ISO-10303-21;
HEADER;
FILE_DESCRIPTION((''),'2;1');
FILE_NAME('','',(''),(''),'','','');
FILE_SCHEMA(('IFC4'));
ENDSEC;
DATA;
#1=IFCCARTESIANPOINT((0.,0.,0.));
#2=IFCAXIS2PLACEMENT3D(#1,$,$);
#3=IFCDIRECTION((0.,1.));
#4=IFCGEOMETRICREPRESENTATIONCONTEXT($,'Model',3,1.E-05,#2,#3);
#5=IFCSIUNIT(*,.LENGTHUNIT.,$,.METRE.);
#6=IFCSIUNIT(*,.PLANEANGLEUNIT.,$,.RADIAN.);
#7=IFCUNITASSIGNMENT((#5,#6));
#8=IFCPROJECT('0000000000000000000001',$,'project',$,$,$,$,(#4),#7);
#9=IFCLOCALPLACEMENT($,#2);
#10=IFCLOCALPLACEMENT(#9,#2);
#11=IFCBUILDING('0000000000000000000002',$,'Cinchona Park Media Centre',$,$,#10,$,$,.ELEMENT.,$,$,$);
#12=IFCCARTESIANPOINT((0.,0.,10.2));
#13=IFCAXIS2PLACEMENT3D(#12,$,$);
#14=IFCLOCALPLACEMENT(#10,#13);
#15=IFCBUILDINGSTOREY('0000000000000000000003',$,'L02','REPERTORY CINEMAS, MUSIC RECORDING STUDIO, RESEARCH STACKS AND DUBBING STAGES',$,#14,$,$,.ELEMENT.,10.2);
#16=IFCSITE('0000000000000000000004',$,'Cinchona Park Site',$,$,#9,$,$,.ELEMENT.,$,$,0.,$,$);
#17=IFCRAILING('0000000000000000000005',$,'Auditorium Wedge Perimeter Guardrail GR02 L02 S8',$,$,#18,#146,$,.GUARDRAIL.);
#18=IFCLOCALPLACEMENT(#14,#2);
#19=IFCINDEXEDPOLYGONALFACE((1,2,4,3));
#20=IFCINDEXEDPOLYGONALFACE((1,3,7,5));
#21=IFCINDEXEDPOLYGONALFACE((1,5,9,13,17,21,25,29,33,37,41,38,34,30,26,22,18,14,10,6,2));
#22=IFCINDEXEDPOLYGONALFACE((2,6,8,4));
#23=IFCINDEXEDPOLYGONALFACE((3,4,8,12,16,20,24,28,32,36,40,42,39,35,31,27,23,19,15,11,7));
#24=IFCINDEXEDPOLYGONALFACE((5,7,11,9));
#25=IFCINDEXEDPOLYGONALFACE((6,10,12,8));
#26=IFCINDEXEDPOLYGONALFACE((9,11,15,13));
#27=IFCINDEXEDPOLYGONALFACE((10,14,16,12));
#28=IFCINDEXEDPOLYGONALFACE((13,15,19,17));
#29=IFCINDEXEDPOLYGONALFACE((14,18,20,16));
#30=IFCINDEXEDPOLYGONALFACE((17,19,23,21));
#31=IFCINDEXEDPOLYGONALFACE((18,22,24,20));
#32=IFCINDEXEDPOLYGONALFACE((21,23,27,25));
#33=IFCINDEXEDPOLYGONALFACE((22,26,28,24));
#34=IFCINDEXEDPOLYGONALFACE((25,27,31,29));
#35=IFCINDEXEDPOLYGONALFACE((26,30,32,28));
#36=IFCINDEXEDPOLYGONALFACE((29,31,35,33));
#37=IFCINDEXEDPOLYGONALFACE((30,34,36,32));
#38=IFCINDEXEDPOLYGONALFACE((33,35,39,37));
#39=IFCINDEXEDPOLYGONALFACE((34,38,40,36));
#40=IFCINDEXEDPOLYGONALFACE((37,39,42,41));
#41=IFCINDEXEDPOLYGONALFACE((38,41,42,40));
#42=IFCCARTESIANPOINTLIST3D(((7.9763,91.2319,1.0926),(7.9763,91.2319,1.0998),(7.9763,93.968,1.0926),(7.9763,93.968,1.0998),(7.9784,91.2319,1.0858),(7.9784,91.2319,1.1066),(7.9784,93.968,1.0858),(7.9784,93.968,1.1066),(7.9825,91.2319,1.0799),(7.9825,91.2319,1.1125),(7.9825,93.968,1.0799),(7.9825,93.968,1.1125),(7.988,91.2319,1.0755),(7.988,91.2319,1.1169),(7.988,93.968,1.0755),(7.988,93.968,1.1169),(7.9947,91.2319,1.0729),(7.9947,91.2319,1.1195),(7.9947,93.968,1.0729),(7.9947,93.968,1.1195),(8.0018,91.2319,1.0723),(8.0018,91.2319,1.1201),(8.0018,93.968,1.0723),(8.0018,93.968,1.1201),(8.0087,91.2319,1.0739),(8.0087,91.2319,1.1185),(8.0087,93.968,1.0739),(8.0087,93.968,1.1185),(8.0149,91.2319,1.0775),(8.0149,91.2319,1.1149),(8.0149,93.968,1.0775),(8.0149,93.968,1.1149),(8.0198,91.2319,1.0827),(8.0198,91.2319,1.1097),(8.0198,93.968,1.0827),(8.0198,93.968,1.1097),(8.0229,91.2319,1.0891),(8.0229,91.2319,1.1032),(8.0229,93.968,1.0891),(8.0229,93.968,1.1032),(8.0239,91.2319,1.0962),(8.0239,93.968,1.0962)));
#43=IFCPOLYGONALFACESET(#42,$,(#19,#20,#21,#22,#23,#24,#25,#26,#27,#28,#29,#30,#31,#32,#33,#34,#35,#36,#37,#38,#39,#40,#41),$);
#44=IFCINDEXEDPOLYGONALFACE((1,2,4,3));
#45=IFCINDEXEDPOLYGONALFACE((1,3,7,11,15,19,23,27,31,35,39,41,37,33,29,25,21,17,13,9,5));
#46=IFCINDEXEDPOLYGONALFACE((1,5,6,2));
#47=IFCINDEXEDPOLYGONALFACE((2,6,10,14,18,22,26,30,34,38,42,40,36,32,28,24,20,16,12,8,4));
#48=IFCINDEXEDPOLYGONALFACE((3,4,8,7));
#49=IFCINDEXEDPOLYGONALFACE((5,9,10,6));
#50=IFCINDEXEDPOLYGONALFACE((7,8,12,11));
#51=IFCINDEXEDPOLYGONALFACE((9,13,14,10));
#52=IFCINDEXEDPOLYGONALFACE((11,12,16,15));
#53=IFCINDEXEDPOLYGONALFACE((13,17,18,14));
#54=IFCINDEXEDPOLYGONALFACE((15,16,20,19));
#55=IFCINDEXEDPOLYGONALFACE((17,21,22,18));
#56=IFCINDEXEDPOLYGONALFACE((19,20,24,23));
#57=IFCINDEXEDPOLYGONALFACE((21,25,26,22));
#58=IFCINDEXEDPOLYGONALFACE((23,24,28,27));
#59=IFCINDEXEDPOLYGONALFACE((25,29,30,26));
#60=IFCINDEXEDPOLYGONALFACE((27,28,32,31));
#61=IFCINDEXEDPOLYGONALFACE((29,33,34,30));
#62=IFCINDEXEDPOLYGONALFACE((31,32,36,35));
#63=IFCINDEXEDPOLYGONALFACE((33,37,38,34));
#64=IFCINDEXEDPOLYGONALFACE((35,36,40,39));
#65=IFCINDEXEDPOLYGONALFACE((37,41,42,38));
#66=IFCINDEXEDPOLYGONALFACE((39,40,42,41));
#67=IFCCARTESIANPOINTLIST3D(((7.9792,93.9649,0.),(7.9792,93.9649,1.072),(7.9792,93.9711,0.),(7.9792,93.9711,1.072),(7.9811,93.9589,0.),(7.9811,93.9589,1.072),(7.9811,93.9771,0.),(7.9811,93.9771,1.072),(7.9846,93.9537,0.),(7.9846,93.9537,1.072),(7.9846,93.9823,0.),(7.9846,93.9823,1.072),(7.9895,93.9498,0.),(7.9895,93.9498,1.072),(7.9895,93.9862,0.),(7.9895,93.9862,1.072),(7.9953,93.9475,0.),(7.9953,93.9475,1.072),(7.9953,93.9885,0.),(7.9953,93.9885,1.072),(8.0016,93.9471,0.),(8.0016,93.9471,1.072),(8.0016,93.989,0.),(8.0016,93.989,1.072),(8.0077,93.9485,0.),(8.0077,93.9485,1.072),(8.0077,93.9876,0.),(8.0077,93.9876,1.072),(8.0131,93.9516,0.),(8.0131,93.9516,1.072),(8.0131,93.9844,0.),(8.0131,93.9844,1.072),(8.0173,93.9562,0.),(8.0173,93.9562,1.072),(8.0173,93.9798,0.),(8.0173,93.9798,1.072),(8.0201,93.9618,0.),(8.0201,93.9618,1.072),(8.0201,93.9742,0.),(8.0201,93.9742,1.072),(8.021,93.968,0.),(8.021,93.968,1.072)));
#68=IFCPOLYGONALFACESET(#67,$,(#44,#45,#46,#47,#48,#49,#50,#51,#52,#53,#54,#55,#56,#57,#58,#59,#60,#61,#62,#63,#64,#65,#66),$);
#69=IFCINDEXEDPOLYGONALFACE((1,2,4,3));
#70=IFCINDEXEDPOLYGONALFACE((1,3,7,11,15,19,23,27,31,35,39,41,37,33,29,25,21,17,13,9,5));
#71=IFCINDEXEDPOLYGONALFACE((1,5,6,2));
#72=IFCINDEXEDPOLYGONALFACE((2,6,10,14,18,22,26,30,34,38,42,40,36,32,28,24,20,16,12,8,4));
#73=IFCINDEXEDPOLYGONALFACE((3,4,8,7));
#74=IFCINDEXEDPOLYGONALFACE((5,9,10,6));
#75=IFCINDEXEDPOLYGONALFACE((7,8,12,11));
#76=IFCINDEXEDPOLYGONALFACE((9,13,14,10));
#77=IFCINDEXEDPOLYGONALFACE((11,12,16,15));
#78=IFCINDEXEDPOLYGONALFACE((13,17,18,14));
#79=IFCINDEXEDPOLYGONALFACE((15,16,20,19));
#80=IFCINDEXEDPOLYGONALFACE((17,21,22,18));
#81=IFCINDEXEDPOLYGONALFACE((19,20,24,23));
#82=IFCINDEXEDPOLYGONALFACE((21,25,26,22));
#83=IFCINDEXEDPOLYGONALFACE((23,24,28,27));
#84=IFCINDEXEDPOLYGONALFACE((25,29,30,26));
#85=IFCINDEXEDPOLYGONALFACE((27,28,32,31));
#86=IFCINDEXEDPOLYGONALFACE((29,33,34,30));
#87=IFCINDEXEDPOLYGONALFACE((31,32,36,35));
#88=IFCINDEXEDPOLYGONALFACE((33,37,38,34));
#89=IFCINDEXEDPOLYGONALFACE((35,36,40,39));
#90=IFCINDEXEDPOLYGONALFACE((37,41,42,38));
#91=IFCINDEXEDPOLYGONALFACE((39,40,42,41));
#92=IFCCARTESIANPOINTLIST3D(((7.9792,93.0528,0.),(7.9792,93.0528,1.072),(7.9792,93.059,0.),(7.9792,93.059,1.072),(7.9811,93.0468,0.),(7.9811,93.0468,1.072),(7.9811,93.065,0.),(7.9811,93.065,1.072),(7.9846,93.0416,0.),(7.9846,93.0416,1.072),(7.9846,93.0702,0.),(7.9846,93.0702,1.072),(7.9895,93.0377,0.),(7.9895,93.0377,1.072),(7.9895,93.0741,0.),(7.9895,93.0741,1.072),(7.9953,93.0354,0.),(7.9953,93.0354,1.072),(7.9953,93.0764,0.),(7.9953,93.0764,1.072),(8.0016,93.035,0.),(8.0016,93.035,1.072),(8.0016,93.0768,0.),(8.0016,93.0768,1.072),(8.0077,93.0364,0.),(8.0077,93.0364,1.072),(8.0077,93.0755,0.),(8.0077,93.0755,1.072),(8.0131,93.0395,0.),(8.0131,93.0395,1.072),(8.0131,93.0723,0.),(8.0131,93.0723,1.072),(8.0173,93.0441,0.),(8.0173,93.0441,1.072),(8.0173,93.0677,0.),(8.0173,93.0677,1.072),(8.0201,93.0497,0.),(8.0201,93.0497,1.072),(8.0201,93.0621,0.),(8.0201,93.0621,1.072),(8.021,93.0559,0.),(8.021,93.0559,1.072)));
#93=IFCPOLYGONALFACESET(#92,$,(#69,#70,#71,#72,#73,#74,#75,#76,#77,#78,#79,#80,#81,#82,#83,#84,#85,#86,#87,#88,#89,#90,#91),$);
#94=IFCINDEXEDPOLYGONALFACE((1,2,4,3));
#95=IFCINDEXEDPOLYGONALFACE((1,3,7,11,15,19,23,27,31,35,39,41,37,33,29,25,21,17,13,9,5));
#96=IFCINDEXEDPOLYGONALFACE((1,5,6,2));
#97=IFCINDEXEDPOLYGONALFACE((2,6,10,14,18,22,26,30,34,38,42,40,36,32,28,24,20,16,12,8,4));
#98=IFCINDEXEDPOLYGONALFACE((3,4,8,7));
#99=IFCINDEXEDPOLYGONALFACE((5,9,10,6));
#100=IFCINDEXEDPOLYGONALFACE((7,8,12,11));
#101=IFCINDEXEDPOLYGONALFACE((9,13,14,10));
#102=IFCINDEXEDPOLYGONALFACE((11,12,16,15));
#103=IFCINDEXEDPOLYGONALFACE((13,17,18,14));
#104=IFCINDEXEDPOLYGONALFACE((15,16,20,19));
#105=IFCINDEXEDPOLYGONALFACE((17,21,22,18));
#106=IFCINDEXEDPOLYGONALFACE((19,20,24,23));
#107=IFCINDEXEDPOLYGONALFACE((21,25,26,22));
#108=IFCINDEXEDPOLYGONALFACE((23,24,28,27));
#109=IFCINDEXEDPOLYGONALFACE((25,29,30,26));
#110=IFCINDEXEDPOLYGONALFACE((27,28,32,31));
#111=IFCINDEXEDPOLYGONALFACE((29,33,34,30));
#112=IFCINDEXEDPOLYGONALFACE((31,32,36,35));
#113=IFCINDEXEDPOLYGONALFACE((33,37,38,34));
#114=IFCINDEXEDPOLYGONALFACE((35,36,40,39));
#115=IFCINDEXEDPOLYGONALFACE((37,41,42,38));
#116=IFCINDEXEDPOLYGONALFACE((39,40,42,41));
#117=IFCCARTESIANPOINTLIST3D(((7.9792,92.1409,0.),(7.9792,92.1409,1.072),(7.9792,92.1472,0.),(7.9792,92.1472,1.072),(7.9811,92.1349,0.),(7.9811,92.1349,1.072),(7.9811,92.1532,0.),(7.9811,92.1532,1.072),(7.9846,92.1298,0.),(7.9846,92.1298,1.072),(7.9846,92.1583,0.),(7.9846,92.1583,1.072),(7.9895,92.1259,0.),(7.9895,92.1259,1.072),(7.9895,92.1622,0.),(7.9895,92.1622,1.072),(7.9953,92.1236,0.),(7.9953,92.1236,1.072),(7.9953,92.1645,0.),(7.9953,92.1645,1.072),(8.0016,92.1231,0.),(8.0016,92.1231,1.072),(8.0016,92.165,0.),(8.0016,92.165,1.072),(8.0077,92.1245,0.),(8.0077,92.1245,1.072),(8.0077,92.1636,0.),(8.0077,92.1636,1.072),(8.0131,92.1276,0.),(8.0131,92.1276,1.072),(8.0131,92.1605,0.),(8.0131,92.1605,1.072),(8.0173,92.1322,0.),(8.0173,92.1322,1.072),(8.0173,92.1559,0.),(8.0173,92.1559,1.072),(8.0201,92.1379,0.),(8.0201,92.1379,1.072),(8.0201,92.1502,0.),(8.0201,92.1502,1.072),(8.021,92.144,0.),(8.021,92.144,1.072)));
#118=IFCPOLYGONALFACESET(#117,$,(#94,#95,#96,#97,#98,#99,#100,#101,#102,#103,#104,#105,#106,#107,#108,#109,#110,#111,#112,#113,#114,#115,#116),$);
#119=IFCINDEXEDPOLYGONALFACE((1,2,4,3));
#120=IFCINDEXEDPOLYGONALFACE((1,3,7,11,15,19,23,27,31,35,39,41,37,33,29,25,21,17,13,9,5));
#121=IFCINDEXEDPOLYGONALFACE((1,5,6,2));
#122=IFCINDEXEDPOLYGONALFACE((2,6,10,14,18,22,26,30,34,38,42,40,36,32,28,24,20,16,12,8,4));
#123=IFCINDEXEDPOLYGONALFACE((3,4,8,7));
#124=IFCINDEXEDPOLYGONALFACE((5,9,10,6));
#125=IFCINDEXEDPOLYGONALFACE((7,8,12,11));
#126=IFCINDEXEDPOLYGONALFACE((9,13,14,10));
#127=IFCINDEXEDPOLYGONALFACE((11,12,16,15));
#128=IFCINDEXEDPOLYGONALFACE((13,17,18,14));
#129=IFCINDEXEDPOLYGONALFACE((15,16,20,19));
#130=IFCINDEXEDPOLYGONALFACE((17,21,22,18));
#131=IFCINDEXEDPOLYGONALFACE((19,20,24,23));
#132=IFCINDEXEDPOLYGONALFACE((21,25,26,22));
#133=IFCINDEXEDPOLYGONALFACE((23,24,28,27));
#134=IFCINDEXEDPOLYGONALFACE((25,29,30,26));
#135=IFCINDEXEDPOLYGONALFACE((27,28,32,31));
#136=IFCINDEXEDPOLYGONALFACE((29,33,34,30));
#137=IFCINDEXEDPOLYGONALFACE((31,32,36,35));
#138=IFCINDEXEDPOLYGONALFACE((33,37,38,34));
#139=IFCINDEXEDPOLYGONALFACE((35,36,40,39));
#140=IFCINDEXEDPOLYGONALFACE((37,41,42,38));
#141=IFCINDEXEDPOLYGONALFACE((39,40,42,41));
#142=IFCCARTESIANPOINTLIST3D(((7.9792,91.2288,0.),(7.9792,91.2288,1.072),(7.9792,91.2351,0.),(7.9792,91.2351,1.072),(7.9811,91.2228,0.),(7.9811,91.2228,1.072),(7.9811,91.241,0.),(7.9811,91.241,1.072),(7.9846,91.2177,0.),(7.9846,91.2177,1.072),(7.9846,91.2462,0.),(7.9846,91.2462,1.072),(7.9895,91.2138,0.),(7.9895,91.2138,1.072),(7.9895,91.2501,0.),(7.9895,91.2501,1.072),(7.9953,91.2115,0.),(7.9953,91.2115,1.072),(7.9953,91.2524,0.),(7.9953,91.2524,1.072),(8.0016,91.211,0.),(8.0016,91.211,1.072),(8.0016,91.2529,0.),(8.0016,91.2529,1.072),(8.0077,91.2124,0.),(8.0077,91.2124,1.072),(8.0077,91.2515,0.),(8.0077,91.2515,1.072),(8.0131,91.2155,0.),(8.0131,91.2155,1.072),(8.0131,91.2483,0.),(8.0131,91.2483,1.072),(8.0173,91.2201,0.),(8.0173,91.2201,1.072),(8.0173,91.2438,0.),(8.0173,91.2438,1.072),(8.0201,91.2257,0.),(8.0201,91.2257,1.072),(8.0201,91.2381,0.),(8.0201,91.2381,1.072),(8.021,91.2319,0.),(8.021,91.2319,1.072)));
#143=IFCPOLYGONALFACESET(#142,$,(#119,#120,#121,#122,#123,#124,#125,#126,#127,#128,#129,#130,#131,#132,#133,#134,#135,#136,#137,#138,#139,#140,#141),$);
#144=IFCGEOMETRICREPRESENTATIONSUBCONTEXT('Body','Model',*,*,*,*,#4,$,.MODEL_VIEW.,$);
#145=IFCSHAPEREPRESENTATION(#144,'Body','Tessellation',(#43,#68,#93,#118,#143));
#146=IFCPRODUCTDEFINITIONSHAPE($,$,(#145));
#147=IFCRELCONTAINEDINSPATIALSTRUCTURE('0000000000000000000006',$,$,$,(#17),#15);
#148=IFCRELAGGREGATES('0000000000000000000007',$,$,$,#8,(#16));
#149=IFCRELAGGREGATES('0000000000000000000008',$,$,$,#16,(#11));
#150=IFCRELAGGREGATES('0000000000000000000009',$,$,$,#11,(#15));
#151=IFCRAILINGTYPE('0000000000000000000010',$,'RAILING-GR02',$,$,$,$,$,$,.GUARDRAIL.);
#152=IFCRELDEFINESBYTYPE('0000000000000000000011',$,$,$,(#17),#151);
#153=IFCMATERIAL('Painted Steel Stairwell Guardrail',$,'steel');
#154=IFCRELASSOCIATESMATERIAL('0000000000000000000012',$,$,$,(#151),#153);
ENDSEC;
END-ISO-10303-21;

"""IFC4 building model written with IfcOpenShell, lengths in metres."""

from ifc_helpers import new_model, si_unit, direction, frame, origin, origin_2d, place, context, subcontext, project, spatial, circle, extrude, material, type_object, element, save


model = new_model("IFC4")

# Units and contexts
model_context = context("Model", 3, precision=1e-05, world=origin(), true_north=direction((0.0, 1.0)))
body_context = subcontext(model_context, "Body", "Model", "MODEL_VIEW")
ifc_project = project(units=[si_unit("LENGTHUNIT", "METRE"), si_unit("PLANEANGLEUNIT", "RADIAN")], contexts=[model_context])

# Site, building, storey
site_placement = place(None, origin())
site = spatial("IfcSite", under=ifc_project, at=site_placement, Name="Cinchona Park Site", CompositionType="ELEMENT", RefElevation=0.0)
building_placement = place(site_placement, origin())
building = spatial("IfcBuilding", under=site, at=building_placement, Name="Cinchona Park Media Centre", CompositionType="ELEMENT")
storey_placement = place(building_placement, frame((0.0, 0.0, 10.2)))
storey = spatial("IfcBuildingStorey", under=building, at=storey_placement, Name="L02", Description="REPERTORY CINEMAS, MUSIC RECORDING STUDIO, RESEARCH STACKS AND DUBBING STAGES", CompositionType="ELEMENT", Elevation=10.2)

# Railing
ifc_material_1 = material(Name="Painted Steel Stairwell Guardrail", Category="steel")
railing_type_1 = type_object("IfcRailingType", Name="RAILING-GR02", PredefinedType="GUARDRAIL", material=ifc_material_1)
railing_1_placement = place(storey_placement, frame((8.0, 93.968, 0.0)))
element("IfcRailing", 1, at=railing_1_placement, inside=storey, type_object=railing_type_1, Name="Auditorium Wedge Perimeter Guardrail GR02 L02 S8", PredefinedType="GUARDRAIL", context=body_context, shape_type="SweptSolid", body=[
    extrude(circle(Radius=0.0239, at=origin_2d()), frame((0.0, 0.0, 1.0962), z_axis=(0.0, -1.0, 0.0), x_axis=(1.0, 0.0, 0.0)), (0.0, 0.0, 1.0), 2.7361),
    extrude(circle(Radius=0.021, at=origin_2d()), origin(), (0.0, 0.0, 1.0), 1.072),
    extrude(circle(Radius=0.021, at=origin_2d()), frame((0.0, -0.9121, 0.0)), (0.0, 0.0, 1.0), 1.072),
    extrude(circle(Radius=0.021, at=origin_2d()), frame((0.0, -1.824, 0.0)), (0.0, 0.0, 1.0), 1.072),
    extrude(circle(Radius=0.021, at=origin_2d()), frame((0.0, -2.7361, 0.0)), (0.0, 0.0, 1.0), 1.072),
])

save(model, "model.ifc")
